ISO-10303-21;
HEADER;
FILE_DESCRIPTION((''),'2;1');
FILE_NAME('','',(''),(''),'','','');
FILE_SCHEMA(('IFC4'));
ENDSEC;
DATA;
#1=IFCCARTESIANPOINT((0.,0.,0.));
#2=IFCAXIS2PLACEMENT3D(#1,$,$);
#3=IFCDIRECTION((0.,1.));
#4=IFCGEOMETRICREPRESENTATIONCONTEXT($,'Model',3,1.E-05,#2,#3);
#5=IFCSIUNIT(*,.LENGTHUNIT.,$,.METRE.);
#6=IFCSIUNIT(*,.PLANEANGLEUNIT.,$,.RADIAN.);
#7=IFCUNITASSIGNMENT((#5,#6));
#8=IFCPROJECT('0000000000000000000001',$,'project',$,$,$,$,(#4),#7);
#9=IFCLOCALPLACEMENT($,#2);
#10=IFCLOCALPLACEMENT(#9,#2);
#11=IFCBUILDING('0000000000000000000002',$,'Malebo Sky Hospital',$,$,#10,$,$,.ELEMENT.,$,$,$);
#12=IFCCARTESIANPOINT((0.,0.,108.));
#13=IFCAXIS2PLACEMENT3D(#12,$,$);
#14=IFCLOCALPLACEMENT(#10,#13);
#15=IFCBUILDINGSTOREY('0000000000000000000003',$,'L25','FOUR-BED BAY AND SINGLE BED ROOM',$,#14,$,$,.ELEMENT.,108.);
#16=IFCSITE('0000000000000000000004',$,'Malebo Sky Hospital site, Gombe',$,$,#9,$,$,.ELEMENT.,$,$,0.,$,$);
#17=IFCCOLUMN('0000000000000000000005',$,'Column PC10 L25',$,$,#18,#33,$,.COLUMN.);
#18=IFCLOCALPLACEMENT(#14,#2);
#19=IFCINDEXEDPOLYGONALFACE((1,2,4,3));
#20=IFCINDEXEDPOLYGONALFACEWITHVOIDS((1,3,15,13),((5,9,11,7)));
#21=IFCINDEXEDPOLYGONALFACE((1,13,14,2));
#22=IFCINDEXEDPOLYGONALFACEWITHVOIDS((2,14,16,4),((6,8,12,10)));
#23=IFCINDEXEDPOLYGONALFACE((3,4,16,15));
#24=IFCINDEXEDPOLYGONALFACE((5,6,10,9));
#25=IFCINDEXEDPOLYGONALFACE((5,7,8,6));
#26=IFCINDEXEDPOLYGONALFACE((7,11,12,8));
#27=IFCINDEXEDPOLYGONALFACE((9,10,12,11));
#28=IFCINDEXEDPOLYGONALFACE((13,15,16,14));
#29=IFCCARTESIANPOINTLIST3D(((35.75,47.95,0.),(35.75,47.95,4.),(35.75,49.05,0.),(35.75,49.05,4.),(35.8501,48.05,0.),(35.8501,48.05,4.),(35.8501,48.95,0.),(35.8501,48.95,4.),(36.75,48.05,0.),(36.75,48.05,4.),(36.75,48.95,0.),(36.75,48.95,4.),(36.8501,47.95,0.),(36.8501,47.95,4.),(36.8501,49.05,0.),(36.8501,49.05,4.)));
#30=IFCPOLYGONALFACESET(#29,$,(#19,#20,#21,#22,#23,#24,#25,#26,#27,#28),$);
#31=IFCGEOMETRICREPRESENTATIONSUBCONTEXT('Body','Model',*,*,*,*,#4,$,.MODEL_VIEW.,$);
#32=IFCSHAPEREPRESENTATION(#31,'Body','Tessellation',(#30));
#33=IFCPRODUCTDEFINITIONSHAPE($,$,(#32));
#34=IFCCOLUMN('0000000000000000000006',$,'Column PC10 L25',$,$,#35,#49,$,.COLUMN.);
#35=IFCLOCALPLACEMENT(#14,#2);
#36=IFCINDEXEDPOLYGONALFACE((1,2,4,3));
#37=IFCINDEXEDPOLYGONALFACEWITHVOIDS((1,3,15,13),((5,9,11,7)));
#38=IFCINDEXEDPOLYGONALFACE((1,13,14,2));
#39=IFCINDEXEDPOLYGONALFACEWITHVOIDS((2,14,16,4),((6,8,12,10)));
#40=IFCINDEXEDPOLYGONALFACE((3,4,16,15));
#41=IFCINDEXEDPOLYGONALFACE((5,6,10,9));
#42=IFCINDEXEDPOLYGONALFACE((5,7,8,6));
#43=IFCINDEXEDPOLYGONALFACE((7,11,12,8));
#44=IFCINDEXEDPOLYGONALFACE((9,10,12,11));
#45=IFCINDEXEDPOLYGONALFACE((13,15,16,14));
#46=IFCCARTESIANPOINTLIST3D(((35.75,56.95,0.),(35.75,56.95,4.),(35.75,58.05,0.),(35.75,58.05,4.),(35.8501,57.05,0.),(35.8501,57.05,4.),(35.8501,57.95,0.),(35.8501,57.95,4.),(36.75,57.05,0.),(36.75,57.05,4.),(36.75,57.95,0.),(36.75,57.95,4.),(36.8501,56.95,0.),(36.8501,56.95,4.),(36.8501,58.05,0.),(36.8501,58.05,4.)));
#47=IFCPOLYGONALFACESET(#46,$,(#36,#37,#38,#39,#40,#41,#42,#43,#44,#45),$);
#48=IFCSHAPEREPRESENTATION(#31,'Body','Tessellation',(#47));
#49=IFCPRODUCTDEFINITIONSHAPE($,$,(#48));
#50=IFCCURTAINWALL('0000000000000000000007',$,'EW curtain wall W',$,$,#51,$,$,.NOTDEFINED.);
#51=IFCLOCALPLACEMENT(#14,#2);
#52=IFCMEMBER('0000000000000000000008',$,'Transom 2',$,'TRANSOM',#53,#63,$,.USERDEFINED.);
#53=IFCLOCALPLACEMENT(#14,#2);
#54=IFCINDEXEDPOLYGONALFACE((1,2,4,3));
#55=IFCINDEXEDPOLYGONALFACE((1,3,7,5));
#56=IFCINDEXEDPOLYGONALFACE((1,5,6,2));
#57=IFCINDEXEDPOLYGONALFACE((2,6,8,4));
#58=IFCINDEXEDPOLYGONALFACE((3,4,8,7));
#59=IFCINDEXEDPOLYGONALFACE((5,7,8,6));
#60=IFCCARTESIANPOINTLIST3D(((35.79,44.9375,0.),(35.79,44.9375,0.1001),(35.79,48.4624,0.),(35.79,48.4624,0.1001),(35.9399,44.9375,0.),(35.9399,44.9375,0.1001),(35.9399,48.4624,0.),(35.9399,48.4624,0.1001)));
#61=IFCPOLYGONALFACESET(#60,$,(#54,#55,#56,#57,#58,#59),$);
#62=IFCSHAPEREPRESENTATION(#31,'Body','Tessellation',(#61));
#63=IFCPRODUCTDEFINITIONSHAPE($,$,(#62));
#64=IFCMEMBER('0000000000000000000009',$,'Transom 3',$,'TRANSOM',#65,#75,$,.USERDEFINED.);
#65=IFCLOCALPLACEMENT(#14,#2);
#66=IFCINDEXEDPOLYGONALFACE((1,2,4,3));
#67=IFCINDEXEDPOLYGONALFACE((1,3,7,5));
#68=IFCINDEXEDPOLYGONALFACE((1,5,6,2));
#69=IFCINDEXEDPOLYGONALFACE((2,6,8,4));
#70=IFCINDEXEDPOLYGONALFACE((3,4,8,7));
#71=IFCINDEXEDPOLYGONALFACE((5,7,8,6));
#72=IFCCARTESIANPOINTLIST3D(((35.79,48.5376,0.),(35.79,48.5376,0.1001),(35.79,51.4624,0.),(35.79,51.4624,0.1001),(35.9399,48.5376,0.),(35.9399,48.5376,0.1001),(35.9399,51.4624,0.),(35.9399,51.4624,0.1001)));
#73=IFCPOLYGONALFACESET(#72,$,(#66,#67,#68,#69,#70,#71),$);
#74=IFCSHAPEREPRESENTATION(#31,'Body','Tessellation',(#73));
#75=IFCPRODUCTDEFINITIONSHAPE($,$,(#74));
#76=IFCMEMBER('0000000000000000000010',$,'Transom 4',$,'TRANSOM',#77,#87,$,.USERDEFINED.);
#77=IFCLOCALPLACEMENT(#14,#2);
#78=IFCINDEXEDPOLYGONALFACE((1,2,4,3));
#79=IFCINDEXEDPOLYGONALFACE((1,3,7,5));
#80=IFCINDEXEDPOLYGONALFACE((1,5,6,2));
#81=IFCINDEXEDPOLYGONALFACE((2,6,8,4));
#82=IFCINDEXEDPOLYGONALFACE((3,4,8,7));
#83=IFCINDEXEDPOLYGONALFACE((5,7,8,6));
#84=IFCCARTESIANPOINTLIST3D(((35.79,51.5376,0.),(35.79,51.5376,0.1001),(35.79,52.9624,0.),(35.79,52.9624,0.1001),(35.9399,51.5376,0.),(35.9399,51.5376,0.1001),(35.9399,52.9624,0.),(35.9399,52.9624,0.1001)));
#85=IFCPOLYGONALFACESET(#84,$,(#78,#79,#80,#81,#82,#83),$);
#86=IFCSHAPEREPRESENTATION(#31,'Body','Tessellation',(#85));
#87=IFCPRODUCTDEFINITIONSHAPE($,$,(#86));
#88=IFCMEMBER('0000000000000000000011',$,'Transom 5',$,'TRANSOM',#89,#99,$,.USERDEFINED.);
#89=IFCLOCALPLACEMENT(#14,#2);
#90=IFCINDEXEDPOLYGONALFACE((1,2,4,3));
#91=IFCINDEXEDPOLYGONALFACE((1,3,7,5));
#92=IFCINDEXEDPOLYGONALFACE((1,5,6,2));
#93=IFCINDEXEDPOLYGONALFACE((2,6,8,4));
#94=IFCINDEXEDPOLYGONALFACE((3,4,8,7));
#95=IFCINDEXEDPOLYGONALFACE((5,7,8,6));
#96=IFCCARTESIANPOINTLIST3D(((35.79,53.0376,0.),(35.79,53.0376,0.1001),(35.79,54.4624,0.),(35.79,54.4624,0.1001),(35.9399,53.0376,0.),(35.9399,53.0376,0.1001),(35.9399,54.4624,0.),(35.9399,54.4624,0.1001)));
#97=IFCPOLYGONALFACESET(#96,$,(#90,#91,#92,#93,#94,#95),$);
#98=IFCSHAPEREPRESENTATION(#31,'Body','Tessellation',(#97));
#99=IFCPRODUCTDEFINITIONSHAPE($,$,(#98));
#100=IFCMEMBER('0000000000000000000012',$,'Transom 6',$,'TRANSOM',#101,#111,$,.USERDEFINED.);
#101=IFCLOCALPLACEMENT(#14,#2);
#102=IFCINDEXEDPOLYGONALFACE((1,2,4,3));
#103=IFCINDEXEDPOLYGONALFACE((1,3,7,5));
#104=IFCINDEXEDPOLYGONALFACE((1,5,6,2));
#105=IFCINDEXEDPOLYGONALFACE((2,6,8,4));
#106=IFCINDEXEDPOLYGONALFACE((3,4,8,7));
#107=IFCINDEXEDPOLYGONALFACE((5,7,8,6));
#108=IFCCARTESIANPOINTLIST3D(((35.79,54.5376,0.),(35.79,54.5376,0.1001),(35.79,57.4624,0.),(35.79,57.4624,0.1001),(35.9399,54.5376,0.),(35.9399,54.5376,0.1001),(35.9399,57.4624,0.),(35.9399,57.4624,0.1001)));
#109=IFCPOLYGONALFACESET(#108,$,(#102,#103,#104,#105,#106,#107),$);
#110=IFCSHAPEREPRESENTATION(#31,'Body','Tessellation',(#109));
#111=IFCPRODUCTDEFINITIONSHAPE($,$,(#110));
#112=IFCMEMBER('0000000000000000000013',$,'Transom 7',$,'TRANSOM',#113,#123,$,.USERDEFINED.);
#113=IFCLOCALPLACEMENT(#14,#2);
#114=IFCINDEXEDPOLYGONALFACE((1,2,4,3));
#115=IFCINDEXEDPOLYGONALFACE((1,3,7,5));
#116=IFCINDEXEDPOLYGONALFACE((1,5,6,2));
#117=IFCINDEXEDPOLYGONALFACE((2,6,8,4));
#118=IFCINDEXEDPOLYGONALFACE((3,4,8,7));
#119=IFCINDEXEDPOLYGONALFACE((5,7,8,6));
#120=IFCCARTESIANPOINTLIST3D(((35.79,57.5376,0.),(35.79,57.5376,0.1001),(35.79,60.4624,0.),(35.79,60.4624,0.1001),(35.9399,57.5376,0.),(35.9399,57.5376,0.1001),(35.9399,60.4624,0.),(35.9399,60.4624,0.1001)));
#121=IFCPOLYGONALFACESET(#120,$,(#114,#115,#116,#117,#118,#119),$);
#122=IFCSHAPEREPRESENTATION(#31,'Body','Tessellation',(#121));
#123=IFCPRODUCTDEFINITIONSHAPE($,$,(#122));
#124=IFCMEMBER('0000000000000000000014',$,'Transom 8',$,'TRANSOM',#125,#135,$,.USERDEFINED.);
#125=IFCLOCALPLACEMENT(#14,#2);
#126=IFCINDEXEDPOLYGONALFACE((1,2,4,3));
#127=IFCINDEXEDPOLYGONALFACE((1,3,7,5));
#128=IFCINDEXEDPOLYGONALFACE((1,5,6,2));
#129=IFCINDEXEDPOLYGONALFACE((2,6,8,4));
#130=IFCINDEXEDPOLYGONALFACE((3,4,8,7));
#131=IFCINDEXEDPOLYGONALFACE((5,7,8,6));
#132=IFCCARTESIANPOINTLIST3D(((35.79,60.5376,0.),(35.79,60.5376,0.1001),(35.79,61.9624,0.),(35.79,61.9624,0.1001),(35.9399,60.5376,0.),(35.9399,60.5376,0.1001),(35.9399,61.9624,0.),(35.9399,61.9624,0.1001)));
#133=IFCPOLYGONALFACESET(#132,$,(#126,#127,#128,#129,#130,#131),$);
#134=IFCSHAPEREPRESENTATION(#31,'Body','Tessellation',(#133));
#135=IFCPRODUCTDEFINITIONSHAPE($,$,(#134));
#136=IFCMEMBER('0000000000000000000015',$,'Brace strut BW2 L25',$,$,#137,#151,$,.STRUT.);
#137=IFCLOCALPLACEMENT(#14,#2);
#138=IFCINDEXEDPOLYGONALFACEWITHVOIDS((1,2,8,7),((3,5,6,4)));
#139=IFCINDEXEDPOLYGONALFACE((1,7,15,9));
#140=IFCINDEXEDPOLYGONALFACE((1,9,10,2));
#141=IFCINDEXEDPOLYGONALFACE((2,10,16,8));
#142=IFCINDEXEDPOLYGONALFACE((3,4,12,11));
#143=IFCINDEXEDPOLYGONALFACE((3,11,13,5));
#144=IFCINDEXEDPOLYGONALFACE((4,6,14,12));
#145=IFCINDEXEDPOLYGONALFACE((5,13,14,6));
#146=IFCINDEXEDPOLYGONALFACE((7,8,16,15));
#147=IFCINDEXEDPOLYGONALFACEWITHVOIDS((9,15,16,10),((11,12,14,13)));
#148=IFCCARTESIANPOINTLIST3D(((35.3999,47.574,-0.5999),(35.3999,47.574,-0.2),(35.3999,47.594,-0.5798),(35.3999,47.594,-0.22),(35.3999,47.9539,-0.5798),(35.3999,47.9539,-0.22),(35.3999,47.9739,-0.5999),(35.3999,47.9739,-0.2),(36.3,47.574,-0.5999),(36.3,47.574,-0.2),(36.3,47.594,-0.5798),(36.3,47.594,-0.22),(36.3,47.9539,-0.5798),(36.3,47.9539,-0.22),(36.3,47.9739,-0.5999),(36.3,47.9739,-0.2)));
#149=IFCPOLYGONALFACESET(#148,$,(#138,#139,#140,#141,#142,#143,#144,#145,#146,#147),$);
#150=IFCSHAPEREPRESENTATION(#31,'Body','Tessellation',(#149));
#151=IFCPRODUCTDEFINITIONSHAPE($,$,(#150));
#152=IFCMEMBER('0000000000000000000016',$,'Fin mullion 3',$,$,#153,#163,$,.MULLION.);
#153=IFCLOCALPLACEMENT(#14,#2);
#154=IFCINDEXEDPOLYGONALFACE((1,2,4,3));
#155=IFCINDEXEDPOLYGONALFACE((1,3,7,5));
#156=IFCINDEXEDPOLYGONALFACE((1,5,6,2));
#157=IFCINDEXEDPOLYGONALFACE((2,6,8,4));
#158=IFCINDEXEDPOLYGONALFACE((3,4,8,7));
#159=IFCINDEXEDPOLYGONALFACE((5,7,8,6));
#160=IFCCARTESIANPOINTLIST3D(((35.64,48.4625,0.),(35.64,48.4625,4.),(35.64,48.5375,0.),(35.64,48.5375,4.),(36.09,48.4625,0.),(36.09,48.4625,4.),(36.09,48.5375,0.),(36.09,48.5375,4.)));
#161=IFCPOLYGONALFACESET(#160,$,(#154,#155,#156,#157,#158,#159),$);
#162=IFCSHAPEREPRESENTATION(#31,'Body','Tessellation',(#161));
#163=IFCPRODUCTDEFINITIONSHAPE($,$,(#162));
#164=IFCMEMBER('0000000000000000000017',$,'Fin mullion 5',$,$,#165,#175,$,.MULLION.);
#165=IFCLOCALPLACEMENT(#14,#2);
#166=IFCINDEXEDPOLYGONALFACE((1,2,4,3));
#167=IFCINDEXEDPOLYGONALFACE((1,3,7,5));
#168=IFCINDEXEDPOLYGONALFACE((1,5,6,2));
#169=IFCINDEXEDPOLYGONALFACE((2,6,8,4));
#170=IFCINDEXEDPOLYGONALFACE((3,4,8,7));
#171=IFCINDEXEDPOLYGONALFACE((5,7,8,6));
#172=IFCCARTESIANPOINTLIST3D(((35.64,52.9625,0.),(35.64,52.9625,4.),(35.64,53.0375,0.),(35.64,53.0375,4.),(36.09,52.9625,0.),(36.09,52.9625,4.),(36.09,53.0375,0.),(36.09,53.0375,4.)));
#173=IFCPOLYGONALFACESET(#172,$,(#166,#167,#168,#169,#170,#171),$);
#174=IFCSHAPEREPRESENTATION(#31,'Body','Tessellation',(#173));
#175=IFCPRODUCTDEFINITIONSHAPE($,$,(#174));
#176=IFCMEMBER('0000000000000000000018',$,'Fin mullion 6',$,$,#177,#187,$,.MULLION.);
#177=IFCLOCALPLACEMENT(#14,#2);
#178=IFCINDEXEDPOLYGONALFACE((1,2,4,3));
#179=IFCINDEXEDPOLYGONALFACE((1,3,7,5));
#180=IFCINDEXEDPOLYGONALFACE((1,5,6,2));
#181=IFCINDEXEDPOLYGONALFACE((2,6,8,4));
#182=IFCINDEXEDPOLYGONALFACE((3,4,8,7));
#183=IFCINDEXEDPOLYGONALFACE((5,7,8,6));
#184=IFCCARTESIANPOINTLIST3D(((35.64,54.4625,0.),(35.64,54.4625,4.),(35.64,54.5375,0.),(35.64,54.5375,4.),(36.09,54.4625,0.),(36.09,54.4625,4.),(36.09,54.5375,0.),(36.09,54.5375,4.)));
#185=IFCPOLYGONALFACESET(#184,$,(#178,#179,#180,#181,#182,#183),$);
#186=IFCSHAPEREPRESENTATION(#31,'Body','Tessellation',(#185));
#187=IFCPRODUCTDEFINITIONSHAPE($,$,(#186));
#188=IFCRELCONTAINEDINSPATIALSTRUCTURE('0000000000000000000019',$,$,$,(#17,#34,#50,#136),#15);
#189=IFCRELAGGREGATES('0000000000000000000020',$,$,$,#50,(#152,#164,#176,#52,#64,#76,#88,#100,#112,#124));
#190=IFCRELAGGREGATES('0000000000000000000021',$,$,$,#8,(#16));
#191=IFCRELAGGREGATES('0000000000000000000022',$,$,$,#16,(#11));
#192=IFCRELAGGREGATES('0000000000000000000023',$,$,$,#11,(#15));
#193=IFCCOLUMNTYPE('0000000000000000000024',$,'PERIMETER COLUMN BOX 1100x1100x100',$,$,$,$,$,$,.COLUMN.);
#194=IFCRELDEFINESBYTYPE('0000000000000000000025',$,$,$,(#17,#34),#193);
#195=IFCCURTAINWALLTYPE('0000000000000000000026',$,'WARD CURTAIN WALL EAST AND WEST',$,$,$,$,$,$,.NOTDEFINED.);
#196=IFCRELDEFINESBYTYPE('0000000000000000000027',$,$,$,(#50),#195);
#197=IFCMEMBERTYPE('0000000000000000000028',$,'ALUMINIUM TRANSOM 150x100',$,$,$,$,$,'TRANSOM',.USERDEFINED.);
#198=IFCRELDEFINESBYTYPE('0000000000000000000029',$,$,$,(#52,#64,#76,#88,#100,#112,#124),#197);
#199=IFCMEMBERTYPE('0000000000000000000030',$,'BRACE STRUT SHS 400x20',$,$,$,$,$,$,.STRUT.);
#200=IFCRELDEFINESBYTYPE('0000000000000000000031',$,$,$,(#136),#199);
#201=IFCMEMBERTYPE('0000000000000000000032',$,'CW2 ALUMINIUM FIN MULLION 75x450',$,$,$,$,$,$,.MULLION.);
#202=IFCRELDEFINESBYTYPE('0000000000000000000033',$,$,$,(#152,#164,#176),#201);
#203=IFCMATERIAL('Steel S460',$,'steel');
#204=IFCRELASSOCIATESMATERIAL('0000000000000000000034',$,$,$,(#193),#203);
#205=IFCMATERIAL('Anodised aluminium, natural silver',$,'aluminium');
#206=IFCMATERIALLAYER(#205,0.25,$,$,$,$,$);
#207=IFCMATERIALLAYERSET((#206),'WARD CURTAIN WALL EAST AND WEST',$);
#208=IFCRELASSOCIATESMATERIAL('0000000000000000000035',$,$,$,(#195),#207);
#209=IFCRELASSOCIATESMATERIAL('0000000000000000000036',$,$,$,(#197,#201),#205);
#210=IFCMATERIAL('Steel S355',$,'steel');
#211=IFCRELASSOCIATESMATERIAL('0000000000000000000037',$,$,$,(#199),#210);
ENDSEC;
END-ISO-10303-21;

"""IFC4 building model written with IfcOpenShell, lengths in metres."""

from ifc_helpers import new_model, si_unit, direction, frame, origin, origin_2d, place, context, subcontext, project, spatial, rectangle, hollow_rectangle, extrude, material, layer, layer_set, material_profile, profile_set, type_object, element, aggregate, save


model = new_model("IFC4")

# Units and contexts
model_context = context("Model", 3, precision=1e-05, world=origin(), true_north=direction((0.0, 1.0)))
body_context = subcontext(model_context, "Body", "Model", "MODEL_VIEW")
ifc_project = project(units=[si_unit("LENGTHUNIT", "METRE"), si_unit("PLANEANGLEUNIT", "RADIAN")], contexts=[model_context])

# Site, building, storey
site_placement = place(None, origin())
site = spatial("IfcSite", under=ifc_project, at=site_placement, Name="Malebo Sky Hospital site, Gombe", CompositionType="ELEMENT", RefElevation=0.0)
building_placement = place(site_placement, origin())
building = spatial("IfcBuilding", under=site, at=building_placement, Name="Malebo Sky Hospital", CompositionType="ELEMENT")
storey_placement = place(building_placement, frame((0.0, 0.0, 108.0)))
storey = spatial("IfcBuildingStorey", under=building, at=storey_placement, Name="L25", Description="FOUR-BED BAY AND SINGLE BED ROOM", CompositionType="ELEMENT", Elevation=108.0)

# Columns
ifc_material_1 = material(Name="Steel S460", Category="steel")
ifc_material_profile_1 = material_profile(ifc_material_1, hollow_rectangle(XDim=1.1001, YDim=1.1001, WallThickness=0.1001, at=origin_2d()), Name="BOX 1100x1100x100")
ifc_profile_set_1 = profile_set([ifc_material_profile_1], Name="Steel S460")
column_type = type_object("IfcColumnType", Name="PERIMETER COLUMN BOX 1100x1100x100", PredefinedType="COLUMN", material=ifc_profile_set_1)
for number, where, z_axis, x_axis, name in (
    (1, (36.3, 48.5, 0.0), (0.0, 0.0, 1.0), (1.0, 0.0, 0.0), "Column PC10 L25"),
    (2, (36.3, 57.5, 0.0), (0.0, 0.0, 1.0), (1.0, 0.0, 0.0), "Column PC10 L25"),
):
    element("IfcColumn", number, at=place(storey_placement, frame(where, z_axis=z_axis, x_axis=x_axis)), inside=storey, type_object=column_type, Name=name, PredefinedType="COLUMN", context=body_context, shape_type="SweptSolid", body=[
        extrude(hollow_rectangle(XDim=1.1001, YDim=1.1001, WallThickness=0.1001, at=origin_2d()), origin(), (0.0, 0.0, 1.0), 4.0),
    ])

# Curtain wall, members
ifc_material_2 = material(Name="Anodised aluminium, natural silver", Category="aluminium")
ifc_layer_1 = layer(ifc_material_2, 0.25)
ifc_layer_set_1 = layer_set([ifc_layer_1], Name="WARD CURTAIN WALL EAST AND WEST")
curtain_wall_type = type_object("IfcCurtainWallType", Name="WARD CURTAIN WALL EAST AND WEST", PredefinedType="NOTDEFINED", material=ifc_layer_set_1)
curtain_wall_placement = place(storey_placement, origin())
curtain_wall = element("IfcCurtainWall", 3, at=curtain_wall_placement, inside=storey, type_object=curtain_wall_type, Name="EW curtain wall W", PredefinedType="NOTDEFINED")
ifc_material_profile_2 = material_profile(ifc_material_2, rectangle(XDim=0.1499, YDim=0.1001, at=origin_2d()), Name="ALUMINIUM TRANSOM 150x100")
ifc_profile_set_2 = profile_set([ifc_material_profile_2], Name="Anodised aluminium, natural silver")
member_type_1 = type_object("IfcMemberType", Name="ALUMINIUM TRANSOM 150x100", ElementType="TRANSOM", PredefinedType="USERDEFINED", material=ifc_profile_set_2)
member_1_placement = place(storey_placement, frame((35.865, 44.9375, 0.05), z_axis=(0.0, 1.0, 0.0), x_axis=(-1.0, 0.0, 0.0)))
member_1 = element("IfcMember", 4, at=member_1_placement, type_object=member_type_1, Name="Transom 2", ObjectType="TRANSOM", PredefinedType="USERDEFINED", context=body_context, shape_type="SweptSolid", body=[
    extrude(rectangle(XDim=0.1499, YDim=0.1001, at=origin_2d()), origin(), (0.0, 0.0, 1.0), 3.5249),
])
member_2_placement = place(storey_placement, frame((35.865, 48.5376, 0.05), z_axis=(0.0, 1.0, 0.0), x_axis=(-1.0, 0.0, 0.0)))
member_2 = element("IfcMember", 5, at=member_2_placement, type_object=member_type_1, Name="Transom 3", ObjectType="TRANSOM", PredefinedType="USERDEFINED", context=body_context, shape_type="SweptSolid", body=[
    extrude(rectangle(XDim=0.1499, YDim=0.1001, at=origin_2d()), origin(), (0.0, 0.0, 1.0), 2.9248),
])
member_3_placement = place(storey_placement, frame((35.865, 51.5376, 0.05), z_axis=(0.0, 1.0, 0.0), x_axis=(-1.0, 0.0, 0.0)))
member_3 = element("IfcMember", 6, at=member_3_placement, type_object=member_type_1, Name="Transom 4", ObjectType="TRANSOM", PredefinedType="USERDEFINED", context=body_context, shape_type="SweptSolid", body=[
    extrude(rectangle(XDim=0.1499, YDim=0.1001, at=origin_2d()), origin(), (0.0, 0.0, 1.0), 1.4248),
])
member_4_placement = place(storey_placement, frame((35.865, 53.0376, 0.05), z_axis=(0.0, 1.0, 0.0), x_axis=(-1.0, 0.0, 0.0)))
member_4 = element("IfcMember", 7, at=member_4_placement, type_object=member_type_1, Name="Transom 5", ObjectType="TRANSOM", PredefinedType="USERDEFINED", context=body_context, shape_type="SweptSolid", body=[
    extrude(rectangle(XDim=0.1499, YDim=0.1001, at=origin_2d()), origin(), (0.0, 0.0, 1.0), 1.4248),
])
member_5_placement = place(storey_placement, frame((35.865, 54.5376, 0.05), z_axis=(0.0, 1.0, 0.0), x_axis=(-1.0, 0.0, 0.0)))
member_5 = element("IfcMember", 8, at=member_5_placement, type_object=member_type_1, Name="Transom 6", ObjectType="TRANSOM", PredefinedType="USERDEFINED", context=body_context, shape_type="SweptSolid", body=[
    extrude(rectangle(XDim=0.1499, YDim=0.1001, at=origin_2d()), origin(), (0.0, 0.0, 1.0), 2.9248),
])
member_6_placement = place(storey_placement, frame((35.865, 57.5376, 0.05), z_axis=(0.0, 1.0, 0.0), x_axis=(-1.0, 0.0, 0.0)))
member_6 = element("IfcMember", 9, at=member_6_placement, type_object=member_type_1, Name="Transom 7", ObjectType="TRANSOM", PredefinedType="USERDEFINED", context=body_context, shape_type="SweptSolid", body=[
    extrude(rectangle(XDim=0.1499, YDim=0.1001, at=origin_2d()), origin(), (0.0, 0.0, 1.0), 2.9248),
])
member_7_placement = place(storey_placement, frame((35.865, 60.5376, 0.05), z_axis=(0.0, 1.0, 0.0), x_axis=(-1.0, 0.0, 0.0)))
member_7 = element("IfcMember", 10, at=member_7_placement, type_object=member_type_1, Name="Transom 8", ObjectType="TRANSOM", PredefinedType="USERDEFINED", context=body_context, shape_type="SweptSolid", body=[
    extrude(rectangle(XDim=0.1499, YDim=0.1001, at=origin_2d()), origin(), (0.0, 0.0, 1.0), 1.4248),
])

# Members
ifc_material_3 = material(Name="Steel S355", Category="steel")
ifc_material_profile_3 = material_profile(ifc_material_3, hollow_rectangle(XDim=0.3999, YDim=0.3999, WallThickness=0.02, at=origin_2d()), Name="SHS 400x20")
ifc_profile_set_3 = profile_set([ifc_material_profile_3], Name="Steel S355")
member_type_2 = type_object("IfcMemberType", Name="BRACE STRUT SHS 400x20", PredefinedType="STRUT", material=ifc_profile_set_3)
member_8_placement = place(storey_placement, frame((35.3999, 47.7739, -0.3999), z_axis=(1.0, 0.0, 0.0), x_axis=(0.0, 1.0, 0.0)))
element("IfcMember", 11, at=member_8_placement, inside=storey, type_object=member_type_2, Name="Brace strut BW2 L25", PredefinedType="STRUT", context=body_context, shape_type="SweptSolid", body=[
    extrude(hollow_rectangle(XDim=0.3999, YDim=0.3999, WallThickness=0.02, at=origin_2d()), origin(), (0.0, 0.0, 1.0), 0.9001),
])
ifc_material_profile_4 = material_profile(ifc_material_2, rectangle(XDim=0.075, YDim=0.45, at=origin_2d()), Name="CW2 ALUMINIUM FIN MULLION 75x450")
ifc_profile_set_4 = profile_set([ifc_material_profile_4], Name="Anodised aluminium, natural silver")
member_type_3 = type_object("IfcMemberType", Name="CW2 ALUMINIUM FIN MULLION 75x450", PredefinedType="MULLION", material=ifc_profile_set_4)
member_9_placement = place(storey_placement, frame((35.865, 48.5, 0.0), z_axis=(0.0, 0.0, 1.0), x_axis=(0.0, 1.0, 0.0)))
member_9 = element("IfcMember", 12, at=member_9_placement, type_object=member_type_3, Name="Fin mullion 3", PredefinedType="MULLION", context=body_context, shape_type="SweptSolid", body=[
    extrude(rectangle(XDim=0.075, YDim=0.45, at=origin_2d()), origin(), (0.0, 0.0, 1.0), 4.0),
])
member_10_placement = place(storey_placement, frame((35.865, 53.0, 0.0), z_axis=(0.0, 0.0, 1.0), x_axis=(0.0, 1.0, 0.0)))
member_10 = element("IfcMember", 13, at=member_10_placement, type_object=member_type_3, Name="Fin mullion 5", PredefinedType="MULLION", context=body_context, shape_type="SweptSolid", body=[
    extrude(rectangle(XDim=0.075, YDim=0.45, at=origin_2d()), origin(), (0.0, 0.0, 1.0), 4.0),
])
member_11_placement = place(storey_placement, frame((35.865, 54.5, 0.0), z_axis=(0.0, 0.0, 1.0), x_axis=(0.0, 1.0, 0.0)))
member_11 = element("IfcMember", 14, at=member_11_placement, type_object=member_type_3, Name="Fin mullion 6", PredefinedType="MULLION", context=body_context, shape_type="SweptSolid", body=[
    extrude(rectangle(XDim=0.075, YDim=0.45, at=origin_2d()), origin(), (0.0, 0.0, 1.0), 4.0),
])

aggregate(curtain_wall, [member_9, member_10, member_11, member_1, member_2, member_3, member_4, member_5, member_6, member_7])

save(model, "model.ifc")
